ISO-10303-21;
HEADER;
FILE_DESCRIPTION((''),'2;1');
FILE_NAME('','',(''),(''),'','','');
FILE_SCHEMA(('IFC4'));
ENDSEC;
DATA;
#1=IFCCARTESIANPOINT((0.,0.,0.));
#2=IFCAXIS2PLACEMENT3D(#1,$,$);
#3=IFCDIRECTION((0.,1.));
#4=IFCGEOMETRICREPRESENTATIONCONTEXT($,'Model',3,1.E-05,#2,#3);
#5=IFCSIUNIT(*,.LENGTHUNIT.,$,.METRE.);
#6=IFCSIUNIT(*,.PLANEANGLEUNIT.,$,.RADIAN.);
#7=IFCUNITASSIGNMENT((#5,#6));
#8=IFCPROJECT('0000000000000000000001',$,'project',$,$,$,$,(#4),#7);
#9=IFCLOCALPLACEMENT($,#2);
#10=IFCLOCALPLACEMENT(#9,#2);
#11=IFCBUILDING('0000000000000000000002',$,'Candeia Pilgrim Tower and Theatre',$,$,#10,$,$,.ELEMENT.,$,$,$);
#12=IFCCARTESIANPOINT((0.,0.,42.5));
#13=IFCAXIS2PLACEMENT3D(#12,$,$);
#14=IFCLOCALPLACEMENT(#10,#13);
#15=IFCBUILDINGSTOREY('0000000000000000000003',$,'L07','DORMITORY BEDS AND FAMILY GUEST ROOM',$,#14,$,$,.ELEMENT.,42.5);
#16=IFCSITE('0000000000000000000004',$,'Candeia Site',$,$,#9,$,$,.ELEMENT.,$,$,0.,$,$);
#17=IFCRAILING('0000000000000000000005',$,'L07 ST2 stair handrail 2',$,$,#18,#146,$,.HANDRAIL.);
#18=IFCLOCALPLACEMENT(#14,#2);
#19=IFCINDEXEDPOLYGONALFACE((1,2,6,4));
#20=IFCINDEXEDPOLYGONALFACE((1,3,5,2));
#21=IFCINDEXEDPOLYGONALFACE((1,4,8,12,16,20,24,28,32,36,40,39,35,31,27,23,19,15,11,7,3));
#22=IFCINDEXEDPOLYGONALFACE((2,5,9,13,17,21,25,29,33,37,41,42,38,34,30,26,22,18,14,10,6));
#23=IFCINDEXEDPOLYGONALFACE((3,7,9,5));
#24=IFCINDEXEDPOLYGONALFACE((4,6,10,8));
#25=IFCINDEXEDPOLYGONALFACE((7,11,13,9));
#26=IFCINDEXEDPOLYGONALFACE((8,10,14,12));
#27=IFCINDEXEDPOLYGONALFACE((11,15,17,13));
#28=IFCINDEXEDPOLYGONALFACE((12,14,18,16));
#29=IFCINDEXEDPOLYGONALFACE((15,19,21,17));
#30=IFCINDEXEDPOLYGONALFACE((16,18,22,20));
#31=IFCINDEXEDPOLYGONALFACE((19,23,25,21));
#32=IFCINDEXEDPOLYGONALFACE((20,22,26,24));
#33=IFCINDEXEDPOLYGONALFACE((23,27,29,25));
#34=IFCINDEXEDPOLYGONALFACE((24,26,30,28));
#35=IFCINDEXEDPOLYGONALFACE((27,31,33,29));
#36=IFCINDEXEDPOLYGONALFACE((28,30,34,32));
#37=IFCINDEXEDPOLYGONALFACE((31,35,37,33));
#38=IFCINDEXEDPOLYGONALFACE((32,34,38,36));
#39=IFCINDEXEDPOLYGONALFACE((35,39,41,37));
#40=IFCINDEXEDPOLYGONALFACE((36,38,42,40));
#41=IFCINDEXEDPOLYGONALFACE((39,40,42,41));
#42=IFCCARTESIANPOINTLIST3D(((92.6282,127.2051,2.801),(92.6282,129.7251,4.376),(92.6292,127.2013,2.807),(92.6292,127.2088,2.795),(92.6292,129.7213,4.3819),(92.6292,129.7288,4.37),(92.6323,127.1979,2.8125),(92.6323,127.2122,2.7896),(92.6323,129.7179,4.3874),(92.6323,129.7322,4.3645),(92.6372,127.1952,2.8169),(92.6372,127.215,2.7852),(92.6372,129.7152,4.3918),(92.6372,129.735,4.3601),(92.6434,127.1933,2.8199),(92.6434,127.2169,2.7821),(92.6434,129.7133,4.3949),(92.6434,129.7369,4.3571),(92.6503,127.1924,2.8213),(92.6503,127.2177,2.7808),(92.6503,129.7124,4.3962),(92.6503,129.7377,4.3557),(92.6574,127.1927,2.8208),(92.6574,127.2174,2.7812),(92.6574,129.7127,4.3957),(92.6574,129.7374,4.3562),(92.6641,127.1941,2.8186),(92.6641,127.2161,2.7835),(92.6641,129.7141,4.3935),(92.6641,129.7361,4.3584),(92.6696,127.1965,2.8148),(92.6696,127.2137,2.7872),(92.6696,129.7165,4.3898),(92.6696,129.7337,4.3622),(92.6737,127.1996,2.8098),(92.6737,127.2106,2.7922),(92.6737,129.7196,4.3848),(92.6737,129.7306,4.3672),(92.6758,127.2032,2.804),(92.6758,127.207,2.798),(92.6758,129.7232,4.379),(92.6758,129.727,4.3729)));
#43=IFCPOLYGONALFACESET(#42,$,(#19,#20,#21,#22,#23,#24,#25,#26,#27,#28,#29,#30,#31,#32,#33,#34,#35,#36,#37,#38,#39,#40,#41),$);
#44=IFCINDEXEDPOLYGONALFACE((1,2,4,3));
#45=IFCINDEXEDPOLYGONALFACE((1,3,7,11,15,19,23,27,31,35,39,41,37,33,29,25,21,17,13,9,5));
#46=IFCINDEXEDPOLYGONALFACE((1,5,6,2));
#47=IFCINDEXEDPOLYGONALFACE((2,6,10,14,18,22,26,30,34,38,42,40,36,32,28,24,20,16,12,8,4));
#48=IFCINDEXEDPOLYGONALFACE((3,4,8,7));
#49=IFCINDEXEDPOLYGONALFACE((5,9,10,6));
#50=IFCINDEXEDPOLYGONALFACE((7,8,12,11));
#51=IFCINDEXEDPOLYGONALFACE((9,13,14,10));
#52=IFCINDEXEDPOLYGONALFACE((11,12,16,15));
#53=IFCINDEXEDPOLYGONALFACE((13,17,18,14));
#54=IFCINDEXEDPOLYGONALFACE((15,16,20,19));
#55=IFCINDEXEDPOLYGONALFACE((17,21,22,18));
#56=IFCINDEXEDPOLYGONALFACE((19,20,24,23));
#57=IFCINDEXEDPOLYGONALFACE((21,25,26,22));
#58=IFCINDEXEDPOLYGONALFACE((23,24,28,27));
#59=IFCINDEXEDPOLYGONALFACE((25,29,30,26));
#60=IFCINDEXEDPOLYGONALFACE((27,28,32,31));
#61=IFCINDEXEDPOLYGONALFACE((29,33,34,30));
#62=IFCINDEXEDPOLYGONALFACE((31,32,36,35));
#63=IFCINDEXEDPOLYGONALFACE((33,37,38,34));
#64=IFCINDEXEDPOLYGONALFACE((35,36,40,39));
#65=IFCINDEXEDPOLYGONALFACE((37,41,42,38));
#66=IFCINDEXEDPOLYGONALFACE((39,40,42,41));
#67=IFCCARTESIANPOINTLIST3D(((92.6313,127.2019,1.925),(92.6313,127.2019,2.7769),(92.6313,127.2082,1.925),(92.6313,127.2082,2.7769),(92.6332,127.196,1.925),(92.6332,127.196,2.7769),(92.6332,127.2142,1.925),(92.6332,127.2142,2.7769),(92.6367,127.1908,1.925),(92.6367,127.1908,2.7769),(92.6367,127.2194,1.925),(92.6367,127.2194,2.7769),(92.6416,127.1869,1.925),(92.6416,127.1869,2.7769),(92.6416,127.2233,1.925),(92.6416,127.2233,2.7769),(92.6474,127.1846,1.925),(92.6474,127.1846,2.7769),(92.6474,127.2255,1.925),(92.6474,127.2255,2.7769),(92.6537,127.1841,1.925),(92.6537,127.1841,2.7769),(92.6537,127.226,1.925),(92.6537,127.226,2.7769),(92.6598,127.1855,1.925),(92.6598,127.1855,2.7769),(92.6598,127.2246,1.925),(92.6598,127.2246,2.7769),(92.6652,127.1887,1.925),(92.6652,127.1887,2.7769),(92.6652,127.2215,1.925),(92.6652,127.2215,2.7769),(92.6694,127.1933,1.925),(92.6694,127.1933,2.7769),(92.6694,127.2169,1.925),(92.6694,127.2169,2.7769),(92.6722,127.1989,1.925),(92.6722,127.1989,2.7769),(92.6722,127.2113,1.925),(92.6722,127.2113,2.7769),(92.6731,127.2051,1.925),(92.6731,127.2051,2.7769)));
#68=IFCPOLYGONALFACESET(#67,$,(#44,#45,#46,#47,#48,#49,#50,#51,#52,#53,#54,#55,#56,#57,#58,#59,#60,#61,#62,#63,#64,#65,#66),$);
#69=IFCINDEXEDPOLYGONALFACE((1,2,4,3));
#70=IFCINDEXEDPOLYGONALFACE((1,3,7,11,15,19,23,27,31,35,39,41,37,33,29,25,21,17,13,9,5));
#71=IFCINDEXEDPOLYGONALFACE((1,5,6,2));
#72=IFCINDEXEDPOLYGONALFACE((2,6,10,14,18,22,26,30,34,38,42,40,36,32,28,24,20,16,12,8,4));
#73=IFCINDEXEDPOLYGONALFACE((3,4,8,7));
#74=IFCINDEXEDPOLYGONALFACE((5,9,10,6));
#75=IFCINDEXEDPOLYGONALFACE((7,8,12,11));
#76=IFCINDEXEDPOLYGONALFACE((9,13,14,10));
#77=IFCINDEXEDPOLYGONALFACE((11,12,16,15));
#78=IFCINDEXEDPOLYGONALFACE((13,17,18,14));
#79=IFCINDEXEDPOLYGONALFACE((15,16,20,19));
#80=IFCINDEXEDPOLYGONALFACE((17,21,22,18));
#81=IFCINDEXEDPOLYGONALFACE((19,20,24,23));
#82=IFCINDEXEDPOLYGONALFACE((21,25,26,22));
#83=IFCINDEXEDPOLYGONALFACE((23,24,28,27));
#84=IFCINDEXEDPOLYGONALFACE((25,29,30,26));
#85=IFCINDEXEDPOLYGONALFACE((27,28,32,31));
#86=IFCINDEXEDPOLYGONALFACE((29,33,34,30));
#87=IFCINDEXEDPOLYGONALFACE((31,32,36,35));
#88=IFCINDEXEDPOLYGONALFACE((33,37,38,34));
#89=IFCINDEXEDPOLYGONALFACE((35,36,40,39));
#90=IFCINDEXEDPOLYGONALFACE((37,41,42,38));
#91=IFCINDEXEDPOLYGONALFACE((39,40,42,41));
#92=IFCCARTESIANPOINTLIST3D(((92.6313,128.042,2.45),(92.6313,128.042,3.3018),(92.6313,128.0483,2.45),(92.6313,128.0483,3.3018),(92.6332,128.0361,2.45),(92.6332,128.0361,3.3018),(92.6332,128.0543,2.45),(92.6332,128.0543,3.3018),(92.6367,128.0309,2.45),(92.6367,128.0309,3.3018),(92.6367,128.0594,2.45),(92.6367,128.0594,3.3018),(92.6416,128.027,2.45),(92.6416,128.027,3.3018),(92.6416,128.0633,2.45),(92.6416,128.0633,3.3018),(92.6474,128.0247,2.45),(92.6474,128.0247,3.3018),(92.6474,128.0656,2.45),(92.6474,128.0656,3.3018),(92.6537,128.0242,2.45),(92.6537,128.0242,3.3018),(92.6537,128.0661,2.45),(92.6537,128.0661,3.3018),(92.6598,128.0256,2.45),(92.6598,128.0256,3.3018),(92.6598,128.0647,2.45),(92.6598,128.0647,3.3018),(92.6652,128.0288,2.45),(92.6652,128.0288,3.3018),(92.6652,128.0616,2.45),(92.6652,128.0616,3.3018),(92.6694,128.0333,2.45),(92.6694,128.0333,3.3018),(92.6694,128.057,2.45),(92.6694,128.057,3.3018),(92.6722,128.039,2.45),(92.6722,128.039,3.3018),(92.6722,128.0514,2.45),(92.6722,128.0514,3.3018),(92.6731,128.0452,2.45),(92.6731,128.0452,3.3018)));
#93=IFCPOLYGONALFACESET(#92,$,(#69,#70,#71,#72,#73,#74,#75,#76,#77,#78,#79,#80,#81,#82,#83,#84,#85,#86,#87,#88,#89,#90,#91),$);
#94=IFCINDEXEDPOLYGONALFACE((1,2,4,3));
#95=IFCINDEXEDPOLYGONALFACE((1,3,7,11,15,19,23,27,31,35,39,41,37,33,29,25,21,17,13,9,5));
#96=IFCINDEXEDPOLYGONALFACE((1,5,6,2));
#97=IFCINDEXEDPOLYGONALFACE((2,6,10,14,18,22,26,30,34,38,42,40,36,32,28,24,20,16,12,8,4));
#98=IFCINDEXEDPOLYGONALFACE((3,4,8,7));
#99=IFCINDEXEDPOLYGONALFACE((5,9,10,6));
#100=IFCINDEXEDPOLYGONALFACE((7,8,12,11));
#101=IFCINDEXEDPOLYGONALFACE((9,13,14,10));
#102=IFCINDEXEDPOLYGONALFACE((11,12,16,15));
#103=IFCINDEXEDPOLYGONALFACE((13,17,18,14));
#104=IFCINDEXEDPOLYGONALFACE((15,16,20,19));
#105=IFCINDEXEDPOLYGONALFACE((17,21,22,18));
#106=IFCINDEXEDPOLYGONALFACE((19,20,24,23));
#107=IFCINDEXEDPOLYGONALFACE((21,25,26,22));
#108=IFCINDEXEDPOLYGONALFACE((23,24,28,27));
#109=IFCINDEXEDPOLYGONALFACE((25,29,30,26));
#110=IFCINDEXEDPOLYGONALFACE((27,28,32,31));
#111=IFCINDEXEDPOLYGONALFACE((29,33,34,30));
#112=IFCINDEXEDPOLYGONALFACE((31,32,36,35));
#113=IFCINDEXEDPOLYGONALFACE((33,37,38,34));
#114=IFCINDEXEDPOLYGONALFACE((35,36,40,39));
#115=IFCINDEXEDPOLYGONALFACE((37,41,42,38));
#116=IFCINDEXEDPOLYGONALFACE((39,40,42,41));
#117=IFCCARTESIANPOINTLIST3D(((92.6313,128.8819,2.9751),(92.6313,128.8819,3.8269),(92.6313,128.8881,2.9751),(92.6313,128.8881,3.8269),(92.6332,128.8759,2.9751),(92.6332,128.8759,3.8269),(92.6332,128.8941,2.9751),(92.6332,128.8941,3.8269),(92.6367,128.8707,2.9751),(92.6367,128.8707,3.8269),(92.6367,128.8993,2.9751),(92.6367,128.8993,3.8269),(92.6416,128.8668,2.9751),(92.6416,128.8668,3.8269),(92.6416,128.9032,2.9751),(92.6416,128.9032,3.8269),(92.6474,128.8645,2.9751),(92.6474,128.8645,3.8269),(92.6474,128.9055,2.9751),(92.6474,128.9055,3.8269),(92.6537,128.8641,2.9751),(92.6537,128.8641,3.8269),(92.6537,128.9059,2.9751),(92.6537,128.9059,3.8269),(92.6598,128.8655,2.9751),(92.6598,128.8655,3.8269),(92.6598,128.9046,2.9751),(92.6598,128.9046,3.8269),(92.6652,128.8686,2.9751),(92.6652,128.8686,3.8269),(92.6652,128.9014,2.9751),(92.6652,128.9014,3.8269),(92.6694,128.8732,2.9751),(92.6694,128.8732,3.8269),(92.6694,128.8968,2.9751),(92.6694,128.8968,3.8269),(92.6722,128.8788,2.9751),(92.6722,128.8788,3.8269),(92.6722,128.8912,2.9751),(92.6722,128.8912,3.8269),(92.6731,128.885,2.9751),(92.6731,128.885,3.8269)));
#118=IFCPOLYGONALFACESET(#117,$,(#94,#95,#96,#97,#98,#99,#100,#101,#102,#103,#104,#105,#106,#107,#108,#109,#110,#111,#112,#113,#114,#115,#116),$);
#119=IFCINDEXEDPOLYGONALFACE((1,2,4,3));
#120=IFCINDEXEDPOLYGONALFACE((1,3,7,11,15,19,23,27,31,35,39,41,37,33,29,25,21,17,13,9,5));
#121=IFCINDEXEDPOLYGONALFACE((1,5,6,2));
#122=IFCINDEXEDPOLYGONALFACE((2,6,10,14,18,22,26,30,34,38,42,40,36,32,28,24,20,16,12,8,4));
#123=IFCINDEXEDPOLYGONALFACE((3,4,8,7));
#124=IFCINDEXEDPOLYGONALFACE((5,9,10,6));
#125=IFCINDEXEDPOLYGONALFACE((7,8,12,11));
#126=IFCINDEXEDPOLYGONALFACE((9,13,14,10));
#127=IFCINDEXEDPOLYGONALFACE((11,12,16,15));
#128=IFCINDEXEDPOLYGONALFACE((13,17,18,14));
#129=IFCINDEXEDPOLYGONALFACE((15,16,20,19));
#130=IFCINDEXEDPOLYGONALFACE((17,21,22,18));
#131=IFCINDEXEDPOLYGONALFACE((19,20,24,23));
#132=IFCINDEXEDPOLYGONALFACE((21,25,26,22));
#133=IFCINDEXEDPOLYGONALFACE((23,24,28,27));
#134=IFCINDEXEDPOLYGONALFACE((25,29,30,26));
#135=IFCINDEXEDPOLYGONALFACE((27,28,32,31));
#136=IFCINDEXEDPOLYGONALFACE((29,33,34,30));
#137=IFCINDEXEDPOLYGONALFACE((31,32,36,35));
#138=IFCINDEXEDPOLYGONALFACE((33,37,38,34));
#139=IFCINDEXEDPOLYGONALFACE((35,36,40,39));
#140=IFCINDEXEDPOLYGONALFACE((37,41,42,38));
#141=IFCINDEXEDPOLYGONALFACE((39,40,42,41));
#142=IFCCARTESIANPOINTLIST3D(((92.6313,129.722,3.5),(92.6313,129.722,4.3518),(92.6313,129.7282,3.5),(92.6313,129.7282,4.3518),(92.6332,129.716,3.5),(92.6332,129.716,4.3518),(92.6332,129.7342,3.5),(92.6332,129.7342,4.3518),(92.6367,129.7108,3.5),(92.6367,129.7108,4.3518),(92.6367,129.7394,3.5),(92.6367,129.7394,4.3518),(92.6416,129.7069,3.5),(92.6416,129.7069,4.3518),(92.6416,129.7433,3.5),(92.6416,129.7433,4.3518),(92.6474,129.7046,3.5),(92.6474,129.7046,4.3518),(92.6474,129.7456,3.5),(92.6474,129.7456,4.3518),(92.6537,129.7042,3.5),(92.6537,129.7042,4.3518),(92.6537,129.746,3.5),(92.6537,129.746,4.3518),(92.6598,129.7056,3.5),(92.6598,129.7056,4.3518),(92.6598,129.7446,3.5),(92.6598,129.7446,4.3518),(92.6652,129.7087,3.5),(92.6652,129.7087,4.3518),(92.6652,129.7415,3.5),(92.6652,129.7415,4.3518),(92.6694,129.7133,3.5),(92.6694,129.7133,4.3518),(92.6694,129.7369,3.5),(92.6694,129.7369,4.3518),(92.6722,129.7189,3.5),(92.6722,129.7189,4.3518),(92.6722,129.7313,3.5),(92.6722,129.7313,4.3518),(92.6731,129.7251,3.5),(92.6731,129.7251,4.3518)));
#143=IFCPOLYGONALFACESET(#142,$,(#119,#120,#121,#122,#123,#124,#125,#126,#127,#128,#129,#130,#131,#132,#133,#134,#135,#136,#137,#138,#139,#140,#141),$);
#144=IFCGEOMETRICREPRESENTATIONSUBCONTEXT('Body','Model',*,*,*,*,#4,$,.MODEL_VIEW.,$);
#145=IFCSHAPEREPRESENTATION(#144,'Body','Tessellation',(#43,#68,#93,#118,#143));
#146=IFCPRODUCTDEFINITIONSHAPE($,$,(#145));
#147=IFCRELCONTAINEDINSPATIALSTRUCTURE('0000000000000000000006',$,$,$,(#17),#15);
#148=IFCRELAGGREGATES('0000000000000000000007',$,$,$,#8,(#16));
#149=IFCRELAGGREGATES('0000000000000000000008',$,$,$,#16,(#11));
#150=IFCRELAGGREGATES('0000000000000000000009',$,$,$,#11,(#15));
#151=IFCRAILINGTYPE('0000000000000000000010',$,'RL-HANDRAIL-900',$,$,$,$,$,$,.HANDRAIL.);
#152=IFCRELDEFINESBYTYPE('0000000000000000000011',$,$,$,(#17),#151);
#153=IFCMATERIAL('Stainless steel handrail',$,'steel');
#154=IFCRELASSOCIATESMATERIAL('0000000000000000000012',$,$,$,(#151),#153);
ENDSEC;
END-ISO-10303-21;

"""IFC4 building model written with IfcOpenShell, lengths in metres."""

from ifc_helpers import new_model, si_unit, direction, frame, origin, origin_2d, place, context, subcontext, project, spatial, circle, extrude, material, type_object, element, save


model = new_model("IFC4")

# Units and contexts
model_context = context("Model", 3, precision=1e-05, world=origin(), true_north=direction((0.0, 1.0)))
body_context = subcontext(model_context, "Body", "Model", "MODEL_VIEW")
ifc_project = project(units=[si_unit("LENGTHUNIT", "METRE"), si_unit("PLANEANGLEUNIT", "RADIAN")], contexts=[model_context])

# Site, building, storey
site_placement = place(None, origin())
site = spatial("IfcSite", under=ifc_project, at=site_placement, Name="Candeia Site", CompositionType="ELEMENT", RefElevation=0.0)
building_placement = place(site_placement, origin())
building = spatial("IfcBuilding", under=site, at=building_placement, Name="Candeia Pilgrim Tower and Theatre", CompositionType="ELEMENT")
storey_placement = place(building_placement, frame((0.0, 0.0, 42.5)))
storey = spatial("IfcBuildingStorey", under=building, at=storey_placement, Name="L07", Description="DORMITORY BEDS AND FAMILY GUEST ROOM", CompositionType="ELEMENT", Elevation=42.5)

# Railing
ifc_material_1 = material(Name="Stainless steel handrail", Category="steel")
railing_type_1 = type_object("IfcRailingType", Name="RL-HANDRAIL-900", PredefinedType="HANDRAIL", material=ifc_material_1)
railing_1_placement = place(storey_placement, frame((92.6521, 127.2051, 1.925)))
element("IfcRailing", 1, at=railing_1_placement, inside=storey, type_object=railing_type_1, Name="L07 ST2 stair handrail 2", PredefinedType="HANDRAIL", context=body_context, shape_type="SweptSolid", body=[
    extrude(circle(Radius=0.0239, at=origin_2d()), frame((0.0, 0.0, 0.876), z_axis=(0.0, 0.848008, 0.529984), x_axis=(-1.0, 0.0, 0.0)), (0.0, 0.0, 1.0), 2.9717),
    extrude(circle(Radius=0.021, at=origin_2d()), origin(), (0.0, 0.0, 1.0), 0.8518),
    extrude(circle(Radius=0.021, at=origin_2d()), frame((0.0, 0.8401, 0.5249)), (0.0, 0.0, 1.0), 0.8518),
    extrude(circle(Radius=0.021, at=origin_2d()), frame((0.0, 1.6799, 1.05)), (0.0, 0.0, 1.0), 0.8518),
    extrude(circle(Radius=0.021, at=origin_2d()), frame((0.0, 2.52, 1.575)), (0.0, 0.0, 1.0), 0.8518),
])

save(model, "model.ifc")
